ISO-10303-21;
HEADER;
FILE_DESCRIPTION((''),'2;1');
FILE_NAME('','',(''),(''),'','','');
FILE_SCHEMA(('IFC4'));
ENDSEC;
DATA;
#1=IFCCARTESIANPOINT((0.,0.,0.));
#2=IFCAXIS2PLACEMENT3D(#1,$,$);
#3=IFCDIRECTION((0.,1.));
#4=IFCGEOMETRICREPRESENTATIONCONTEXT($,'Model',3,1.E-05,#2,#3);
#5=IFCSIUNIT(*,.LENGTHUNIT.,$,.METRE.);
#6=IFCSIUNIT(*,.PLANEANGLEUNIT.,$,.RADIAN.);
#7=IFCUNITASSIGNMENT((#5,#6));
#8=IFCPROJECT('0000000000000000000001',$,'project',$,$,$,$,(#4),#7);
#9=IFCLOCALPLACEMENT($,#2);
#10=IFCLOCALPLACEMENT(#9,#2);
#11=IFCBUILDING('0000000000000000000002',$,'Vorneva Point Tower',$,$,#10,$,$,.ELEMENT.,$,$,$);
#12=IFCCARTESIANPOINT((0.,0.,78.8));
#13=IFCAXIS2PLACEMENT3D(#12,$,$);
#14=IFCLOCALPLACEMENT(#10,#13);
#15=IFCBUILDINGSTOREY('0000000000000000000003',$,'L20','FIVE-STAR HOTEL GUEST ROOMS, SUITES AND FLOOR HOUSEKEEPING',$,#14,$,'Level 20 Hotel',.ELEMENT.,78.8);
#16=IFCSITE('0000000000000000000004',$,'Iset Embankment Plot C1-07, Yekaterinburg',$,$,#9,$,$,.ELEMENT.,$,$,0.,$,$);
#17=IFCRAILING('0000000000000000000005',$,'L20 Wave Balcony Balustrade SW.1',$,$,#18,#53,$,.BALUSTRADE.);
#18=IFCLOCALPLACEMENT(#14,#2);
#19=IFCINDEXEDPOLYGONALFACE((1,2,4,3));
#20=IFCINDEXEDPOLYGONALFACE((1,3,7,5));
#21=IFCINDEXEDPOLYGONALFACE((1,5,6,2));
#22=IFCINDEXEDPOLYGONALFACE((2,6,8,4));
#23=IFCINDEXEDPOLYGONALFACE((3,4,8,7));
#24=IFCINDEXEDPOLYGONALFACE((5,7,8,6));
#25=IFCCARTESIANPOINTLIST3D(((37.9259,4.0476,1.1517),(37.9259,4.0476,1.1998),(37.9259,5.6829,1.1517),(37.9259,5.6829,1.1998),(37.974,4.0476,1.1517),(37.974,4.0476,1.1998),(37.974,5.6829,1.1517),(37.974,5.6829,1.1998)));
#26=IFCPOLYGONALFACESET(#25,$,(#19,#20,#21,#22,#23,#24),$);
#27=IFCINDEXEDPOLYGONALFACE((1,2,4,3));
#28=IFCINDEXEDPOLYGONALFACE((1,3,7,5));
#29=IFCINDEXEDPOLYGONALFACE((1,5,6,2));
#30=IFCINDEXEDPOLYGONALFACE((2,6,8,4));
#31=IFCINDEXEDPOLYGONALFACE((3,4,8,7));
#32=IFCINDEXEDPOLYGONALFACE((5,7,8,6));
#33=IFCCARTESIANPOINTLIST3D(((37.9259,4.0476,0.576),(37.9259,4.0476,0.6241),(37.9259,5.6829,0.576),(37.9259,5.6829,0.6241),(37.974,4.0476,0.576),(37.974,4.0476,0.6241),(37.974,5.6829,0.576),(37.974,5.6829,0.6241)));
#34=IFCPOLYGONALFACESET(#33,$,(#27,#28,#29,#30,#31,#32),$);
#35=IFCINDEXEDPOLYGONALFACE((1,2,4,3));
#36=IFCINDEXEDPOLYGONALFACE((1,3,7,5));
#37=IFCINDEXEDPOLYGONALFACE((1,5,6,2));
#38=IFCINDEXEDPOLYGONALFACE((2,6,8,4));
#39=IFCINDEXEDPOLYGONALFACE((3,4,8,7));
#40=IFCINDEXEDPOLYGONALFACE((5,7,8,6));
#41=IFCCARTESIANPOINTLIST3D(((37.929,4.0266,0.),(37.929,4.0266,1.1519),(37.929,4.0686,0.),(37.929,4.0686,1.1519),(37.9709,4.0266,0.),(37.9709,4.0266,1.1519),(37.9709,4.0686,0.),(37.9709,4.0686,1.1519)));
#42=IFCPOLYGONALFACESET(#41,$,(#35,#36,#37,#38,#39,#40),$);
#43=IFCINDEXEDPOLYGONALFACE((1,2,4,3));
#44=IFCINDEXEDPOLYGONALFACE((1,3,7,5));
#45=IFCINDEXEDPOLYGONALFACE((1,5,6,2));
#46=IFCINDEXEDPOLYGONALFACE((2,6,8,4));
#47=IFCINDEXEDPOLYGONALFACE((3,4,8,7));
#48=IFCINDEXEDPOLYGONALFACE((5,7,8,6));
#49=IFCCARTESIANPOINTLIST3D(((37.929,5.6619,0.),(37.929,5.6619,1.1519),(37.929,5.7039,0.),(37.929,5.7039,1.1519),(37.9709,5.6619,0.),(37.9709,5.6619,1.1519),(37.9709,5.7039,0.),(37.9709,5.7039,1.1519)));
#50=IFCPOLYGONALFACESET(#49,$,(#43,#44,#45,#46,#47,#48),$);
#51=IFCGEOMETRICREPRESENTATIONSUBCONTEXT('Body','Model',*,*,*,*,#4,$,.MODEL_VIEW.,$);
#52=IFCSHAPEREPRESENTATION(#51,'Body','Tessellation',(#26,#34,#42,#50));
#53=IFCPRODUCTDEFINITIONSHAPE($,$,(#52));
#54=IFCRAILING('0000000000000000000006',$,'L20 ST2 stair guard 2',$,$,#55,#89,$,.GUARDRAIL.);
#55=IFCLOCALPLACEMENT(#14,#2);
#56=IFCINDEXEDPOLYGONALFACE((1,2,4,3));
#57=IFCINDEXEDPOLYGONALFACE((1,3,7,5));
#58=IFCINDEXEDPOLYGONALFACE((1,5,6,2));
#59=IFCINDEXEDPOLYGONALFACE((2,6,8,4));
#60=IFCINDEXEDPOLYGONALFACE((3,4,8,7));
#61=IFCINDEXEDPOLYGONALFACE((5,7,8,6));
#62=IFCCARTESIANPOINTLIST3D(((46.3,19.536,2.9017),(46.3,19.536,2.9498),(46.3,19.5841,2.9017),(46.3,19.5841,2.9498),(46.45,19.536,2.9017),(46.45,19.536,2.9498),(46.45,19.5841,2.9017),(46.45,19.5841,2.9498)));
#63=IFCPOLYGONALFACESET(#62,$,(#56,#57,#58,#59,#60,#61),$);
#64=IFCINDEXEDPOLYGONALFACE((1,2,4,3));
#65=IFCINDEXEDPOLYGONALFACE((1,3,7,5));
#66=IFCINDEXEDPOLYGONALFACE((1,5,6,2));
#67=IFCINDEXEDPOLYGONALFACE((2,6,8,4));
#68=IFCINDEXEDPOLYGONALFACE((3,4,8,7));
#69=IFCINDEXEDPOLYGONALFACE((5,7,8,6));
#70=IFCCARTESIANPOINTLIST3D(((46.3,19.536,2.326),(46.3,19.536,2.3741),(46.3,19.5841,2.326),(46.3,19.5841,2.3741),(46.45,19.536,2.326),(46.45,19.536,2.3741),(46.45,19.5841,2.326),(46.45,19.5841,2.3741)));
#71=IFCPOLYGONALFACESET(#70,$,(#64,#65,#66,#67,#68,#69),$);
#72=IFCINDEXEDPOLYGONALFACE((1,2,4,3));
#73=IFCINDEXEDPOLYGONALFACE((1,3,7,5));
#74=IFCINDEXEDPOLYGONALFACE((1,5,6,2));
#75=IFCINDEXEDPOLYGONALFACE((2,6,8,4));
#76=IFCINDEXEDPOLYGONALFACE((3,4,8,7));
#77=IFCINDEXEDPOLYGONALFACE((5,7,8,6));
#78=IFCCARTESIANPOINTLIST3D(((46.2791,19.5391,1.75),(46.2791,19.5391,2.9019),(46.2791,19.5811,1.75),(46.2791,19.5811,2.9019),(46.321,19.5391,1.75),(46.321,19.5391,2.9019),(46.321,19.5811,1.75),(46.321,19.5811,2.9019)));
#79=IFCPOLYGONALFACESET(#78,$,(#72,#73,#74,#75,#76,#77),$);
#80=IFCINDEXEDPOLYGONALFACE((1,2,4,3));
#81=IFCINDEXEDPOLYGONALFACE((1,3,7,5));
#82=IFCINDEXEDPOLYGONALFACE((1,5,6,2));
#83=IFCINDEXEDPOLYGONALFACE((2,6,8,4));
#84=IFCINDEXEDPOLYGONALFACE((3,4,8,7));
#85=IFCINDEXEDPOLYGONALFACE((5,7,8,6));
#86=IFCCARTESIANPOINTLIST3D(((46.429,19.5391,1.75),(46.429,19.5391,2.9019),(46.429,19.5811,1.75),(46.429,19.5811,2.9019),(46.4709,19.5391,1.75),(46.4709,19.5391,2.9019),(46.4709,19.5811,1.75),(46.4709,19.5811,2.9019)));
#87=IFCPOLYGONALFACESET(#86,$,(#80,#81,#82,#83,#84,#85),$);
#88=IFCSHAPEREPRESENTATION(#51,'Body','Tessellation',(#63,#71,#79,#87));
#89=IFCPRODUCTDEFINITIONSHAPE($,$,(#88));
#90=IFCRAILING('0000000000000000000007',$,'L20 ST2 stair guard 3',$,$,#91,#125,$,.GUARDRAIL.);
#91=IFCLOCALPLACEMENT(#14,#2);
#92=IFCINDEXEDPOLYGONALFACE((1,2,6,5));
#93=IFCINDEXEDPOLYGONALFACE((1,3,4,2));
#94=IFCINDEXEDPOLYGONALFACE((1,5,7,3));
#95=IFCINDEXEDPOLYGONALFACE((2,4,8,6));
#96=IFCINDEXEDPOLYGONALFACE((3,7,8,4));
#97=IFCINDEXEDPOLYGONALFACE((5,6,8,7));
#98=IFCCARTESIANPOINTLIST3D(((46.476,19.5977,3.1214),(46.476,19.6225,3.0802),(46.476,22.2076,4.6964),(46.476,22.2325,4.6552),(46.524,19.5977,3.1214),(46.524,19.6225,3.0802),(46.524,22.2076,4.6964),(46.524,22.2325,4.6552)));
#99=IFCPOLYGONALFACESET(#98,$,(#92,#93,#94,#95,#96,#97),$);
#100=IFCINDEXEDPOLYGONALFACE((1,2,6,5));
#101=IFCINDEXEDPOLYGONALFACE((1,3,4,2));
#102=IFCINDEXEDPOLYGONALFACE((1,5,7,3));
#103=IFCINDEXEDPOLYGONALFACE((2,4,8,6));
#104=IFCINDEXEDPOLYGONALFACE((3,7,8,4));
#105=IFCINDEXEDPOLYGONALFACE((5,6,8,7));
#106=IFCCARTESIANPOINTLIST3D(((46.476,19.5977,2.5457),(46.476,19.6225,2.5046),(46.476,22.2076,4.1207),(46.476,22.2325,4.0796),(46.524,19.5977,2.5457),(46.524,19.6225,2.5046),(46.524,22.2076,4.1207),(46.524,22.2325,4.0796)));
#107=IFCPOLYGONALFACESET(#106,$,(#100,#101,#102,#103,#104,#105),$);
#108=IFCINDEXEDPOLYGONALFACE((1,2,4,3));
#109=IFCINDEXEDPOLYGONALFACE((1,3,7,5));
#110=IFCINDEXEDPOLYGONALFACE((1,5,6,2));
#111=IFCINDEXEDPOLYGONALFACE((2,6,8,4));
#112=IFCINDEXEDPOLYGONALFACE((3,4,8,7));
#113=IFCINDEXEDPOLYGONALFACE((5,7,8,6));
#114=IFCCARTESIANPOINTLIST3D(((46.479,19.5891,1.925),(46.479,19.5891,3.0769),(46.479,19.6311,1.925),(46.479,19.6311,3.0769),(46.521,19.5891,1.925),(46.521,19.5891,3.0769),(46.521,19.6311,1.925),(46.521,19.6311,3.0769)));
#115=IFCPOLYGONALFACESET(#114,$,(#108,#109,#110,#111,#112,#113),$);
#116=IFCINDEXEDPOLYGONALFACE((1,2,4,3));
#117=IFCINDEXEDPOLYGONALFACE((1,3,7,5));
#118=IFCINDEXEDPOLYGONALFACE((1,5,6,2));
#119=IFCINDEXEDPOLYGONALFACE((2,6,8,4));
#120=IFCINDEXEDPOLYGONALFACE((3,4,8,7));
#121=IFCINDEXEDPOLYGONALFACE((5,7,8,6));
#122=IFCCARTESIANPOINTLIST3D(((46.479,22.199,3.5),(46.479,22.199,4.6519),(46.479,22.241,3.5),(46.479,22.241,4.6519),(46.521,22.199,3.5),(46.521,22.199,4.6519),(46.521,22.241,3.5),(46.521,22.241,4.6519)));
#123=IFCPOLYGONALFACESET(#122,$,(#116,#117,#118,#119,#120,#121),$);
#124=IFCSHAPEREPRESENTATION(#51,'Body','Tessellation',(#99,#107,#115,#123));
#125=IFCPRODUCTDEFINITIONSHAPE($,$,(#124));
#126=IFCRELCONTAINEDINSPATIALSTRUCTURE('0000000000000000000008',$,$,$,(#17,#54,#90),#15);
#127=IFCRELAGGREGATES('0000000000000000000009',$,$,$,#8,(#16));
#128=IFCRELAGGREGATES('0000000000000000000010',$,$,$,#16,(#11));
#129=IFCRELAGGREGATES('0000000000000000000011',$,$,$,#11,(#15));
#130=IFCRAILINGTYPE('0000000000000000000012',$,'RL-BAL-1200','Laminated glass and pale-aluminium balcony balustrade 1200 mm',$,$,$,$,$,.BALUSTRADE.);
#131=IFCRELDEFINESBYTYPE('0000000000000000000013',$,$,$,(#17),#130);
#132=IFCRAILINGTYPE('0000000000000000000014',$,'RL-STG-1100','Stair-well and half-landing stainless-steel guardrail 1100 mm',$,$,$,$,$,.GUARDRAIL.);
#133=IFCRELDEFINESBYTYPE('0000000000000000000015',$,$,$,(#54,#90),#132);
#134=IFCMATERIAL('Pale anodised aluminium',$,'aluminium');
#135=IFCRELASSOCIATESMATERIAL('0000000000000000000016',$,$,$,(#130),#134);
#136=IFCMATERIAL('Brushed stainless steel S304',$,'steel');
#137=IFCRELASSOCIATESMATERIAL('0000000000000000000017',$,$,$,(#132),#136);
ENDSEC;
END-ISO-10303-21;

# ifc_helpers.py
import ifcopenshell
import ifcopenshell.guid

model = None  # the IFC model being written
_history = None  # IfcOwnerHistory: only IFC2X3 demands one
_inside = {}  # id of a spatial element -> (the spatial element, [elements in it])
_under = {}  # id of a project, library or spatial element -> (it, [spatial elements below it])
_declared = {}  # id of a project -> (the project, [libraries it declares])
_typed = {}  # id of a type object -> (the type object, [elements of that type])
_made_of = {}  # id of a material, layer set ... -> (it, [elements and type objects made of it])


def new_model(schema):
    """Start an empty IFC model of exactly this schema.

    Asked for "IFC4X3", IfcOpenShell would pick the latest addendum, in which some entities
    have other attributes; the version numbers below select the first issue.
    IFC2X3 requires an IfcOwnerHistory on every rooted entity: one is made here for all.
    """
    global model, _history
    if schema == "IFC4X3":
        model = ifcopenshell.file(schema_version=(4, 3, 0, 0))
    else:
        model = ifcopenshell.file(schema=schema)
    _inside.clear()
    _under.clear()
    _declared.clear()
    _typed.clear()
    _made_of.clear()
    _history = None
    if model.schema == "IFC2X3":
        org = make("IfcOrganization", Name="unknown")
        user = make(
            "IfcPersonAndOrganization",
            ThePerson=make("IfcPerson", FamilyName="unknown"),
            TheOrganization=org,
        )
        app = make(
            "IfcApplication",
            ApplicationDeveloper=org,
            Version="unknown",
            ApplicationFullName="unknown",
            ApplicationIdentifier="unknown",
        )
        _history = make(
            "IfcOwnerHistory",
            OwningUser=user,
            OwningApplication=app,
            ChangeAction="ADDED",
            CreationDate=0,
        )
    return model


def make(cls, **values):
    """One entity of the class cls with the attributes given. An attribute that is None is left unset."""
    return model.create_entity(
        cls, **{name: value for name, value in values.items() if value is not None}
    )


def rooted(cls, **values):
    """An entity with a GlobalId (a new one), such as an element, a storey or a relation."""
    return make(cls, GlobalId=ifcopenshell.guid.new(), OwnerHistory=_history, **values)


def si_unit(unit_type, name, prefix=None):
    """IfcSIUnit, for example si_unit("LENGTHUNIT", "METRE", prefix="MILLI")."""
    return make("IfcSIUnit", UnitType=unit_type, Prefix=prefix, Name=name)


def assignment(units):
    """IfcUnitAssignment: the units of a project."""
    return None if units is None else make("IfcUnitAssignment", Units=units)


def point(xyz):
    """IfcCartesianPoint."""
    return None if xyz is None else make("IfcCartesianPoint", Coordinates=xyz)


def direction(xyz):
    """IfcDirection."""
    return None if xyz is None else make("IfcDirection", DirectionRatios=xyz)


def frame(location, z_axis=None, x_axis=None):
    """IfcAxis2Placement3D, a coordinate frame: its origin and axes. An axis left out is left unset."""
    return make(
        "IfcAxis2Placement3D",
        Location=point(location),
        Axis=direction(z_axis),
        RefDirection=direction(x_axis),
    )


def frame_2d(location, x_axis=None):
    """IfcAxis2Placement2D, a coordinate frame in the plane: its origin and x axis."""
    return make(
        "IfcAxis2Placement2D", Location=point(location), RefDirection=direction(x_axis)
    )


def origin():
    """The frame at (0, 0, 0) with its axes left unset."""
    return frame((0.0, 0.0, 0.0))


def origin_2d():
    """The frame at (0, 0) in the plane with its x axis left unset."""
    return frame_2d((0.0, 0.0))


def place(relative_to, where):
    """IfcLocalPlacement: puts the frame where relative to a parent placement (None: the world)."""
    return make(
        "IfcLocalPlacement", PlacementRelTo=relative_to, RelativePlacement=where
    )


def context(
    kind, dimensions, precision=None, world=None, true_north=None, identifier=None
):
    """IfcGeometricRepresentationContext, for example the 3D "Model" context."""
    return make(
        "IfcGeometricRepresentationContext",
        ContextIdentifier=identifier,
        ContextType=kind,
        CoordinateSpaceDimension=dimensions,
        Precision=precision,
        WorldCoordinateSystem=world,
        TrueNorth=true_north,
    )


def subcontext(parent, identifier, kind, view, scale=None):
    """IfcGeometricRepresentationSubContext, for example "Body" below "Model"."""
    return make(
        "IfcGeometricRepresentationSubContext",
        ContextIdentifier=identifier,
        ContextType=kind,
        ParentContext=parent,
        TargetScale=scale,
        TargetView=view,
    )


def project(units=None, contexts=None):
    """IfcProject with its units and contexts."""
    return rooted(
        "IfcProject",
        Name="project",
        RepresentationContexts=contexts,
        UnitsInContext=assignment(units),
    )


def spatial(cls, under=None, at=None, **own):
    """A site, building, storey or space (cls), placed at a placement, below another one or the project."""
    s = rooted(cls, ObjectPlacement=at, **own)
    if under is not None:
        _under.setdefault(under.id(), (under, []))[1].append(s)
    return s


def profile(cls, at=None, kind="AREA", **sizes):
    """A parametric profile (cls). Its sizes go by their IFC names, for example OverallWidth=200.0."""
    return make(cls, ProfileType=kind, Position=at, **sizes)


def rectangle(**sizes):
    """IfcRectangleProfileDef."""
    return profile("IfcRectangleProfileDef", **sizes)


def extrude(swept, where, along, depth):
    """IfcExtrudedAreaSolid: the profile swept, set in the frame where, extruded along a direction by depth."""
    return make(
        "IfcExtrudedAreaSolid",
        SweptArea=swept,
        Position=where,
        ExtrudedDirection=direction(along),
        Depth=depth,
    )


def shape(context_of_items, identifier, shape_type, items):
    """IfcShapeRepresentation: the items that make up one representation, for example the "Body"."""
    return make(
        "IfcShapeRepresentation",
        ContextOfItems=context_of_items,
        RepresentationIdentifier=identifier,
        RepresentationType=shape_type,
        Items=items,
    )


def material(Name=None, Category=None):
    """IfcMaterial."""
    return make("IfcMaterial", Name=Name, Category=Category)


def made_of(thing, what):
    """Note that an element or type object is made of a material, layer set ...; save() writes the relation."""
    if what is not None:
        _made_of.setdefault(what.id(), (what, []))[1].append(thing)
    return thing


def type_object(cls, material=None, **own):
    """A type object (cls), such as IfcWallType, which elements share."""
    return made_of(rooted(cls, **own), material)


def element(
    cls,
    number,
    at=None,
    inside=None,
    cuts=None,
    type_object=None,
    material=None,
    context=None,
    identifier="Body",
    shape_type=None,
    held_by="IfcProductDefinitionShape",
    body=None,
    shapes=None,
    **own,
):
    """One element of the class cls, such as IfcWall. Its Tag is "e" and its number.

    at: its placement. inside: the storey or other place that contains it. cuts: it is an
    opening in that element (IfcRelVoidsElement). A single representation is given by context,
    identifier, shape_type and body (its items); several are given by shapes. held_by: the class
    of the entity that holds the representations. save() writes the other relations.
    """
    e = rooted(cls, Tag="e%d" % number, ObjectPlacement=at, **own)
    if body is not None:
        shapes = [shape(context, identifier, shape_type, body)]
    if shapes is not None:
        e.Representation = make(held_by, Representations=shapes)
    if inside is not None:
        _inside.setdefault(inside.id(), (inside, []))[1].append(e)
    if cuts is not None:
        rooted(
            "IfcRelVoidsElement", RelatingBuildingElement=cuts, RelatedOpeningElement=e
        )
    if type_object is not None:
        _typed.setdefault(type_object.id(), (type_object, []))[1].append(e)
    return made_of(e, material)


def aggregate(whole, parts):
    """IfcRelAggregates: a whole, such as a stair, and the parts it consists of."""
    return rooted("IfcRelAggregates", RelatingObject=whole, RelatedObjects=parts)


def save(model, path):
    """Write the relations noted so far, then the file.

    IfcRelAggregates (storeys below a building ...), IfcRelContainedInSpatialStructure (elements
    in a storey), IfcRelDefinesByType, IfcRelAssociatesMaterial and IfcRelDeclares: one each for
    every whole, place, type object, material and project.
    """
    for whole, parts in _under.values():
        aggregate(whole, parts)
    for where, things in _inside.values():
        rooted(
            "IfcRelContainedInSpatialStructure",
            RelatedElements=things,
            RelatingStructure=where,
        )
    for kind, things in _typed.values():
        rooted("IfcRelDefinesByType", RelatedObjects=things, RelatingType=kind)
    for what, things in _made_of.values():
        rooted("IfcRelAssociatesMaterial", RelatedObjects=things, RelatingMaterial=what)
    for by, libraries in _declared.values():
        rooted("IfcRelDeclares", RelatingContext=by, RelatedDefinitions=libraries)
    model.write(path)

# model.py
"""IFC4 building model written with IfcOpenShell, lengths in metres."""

from ifc_helpers import new_model, si_unit, direction, frame, origin, origin_2d, place, context, subcontext, project, spatial, rectangle, extrude, material, type_object, element, save


model = new_model("IFC4")

# Units and contexts
model_context = context("Model", 3, precision=1e-05, world=origin(), true_north=direction((0.0, 1.0)))
body_context = subcontext(model_context, "Body", "Model", "MODEL_VIEW")
ifc_project = project(units=[si_unit("LENGTHUNIT", "METRE"), si_unit("PLANEANGLEUNIT", "RADIAN")], contexts=[model_context])

# Site, building, storey
site_placement = place(None, origin())
site = spatial("IfcSite", under=ifc_project, at=site_placement, Name="Iset Embankment Plot C1-07, Yekaterinburg", CompositionType="ELEMENT", RefElevation=0.0)
building_placement = place(site_placement, origin())
building = spatial("IfcBuilding", under=site, at=building_placement, Name="Vorneva Point Tower", CompositionType="ELEMENT")
storey_placement = place(building_placement, frame((0.0, 0.0, 78.8)))
storey = spatial("IfcBuildingStorey", under=building, at=storey_placement, Name="L20", Description="FIVE-STAR HOTEL GUEST ROOMS, SUITES AND FLOOR HOUSEKEEPING", LongName="Level 20 Hotel", CompositionType="ELEMENT", Elevation=78.8)

# Shared definitions
ifc_material_1 = material(Name="Pale anodised aluminium", Category="aluminium")

# Railings
railing_type_1 = type_object("IfcRailingType", Name="RL-BAL-1200", Description="Laminated glass and pale-aluminium balcony balustrade 1200 mm", PredefinedType="BALUSTRADE", material=ifc_material_1)
railing_1_placement = place(storey_placement, frame((37.95, 4.0476, 0.0)))
element("IfcRailing", 1, at=railing_1_placement, inside=storey, type_object=railing_type_1, Name="L20 Wave Balcony Balustrade SW.1", PredefinedType="BALUSTRADE", context=body_context, shape_type="SweptSolid", body=[
    extrude(rectangle(XDim=0.0481, YDim=0.0481, at=origin_2d()), frame((0.0, 0.0, 1.1758), z_axis=(0.0, 1.0, 0.0), x_axis=(-1.0, 0.0, 0.0)), (0.0, 0.0, 1.0), 1.6353),
    extrude(rectangle(XDim=0.0481, YDim=0.0481, at=origin_2d()), frame((0.0, 0.0, 0.6001), z_axis=(0.0, 1.0, 0.0), x_axis=(-1.0, 0.0, 0.0)), (0.0, 0.0, 1.0), 1.6353),
    extrude(rectangle(XDim=0.042, YDim=0.042, at=origin_2d()), origin(), (0.0, 0.0, 1.0), 1.1519),
    extrude(rectangle(XDim=0.042, YDim=0.042, at=origin_2d()), frame((0.0, 1.6353, 0.0)), (0.0, 0.0, 1.0), 1.1519),
])
ifc_material_2 = material(Name="Brushed stainless steel S304", Category="steel")
railing_type_2 = type_object("IfcRailingType", Name="RL-STG-1100", Description="Stair-well and half-landing stainless-steel guardrail 1100 mm", PredefinedType="GUARDRAIL", material=ifc_material_2)
railing_2_placement = place(storey_placement, frame((46.3, 19.5601, 1.75)))
element("IfcRailing", 2, at=railing_2_placement, inside=storey, type_object=railing_type_2, Name="L20 ST2 stair guard 2", PredefinedType="GUARDRAIL", context=body_context, shape_type="SweptSolid", body=[
    extrude(rectangle(XDim=0.0481, YDim=0.0481, at=origin_2d()), frame((0.0, 0.0, 1.1758), z_axis=(1.0, 0.0, 0.0), x_axis=(0.0, 1.0, 0.0)), (0.0, 0.0, 1.0), 0.1499),
    extrude(rectangle(XDim=0.0481, YDim=0.0481, at=origin_2d()), frame((0.0, 0.0, 0.6001), z_axis=(1.0, 0.0, 0.0), x_axis=(0.0, 1.0, 0.0)), (0.0, 0.0, 1.0), 0.1499),
    extrude(rectangle(XDim=0.042, YDim=0.042, at=origin_2d()), origin(), (0.0, 0.0, 1.0), 1.1519),
    extrude(rectangle(XDim=0.042, YDim=0.042, at=origin_2d()), frame((0.1499, 0.0, 0.0)), (0.0, 0.0, 1.0), 1.1519),
])
railing_3_placement = place(storey_placement, frame((46.5, 19.6101, 1.925)))
element("IfcRailing", 3, at=railing_3_placement, inside=storey, type_object=railing_type_2, Name="L20 ST2 stair guard 3", PredefinedType="GUARDRAIL", context=body_context, shape_type="SweptSolid", body=[
    extrude(rectangle(XDim=0.0481, YDim=0.0481, at=origin_2d()), frame((0.0, 0.0, 1.1758), z_axis=(0.0, 0.856183, 0.516673), x_axis=(-1.0, 0.0, 0.0)), (0.0, 0.0, 1.0), 3.0483),
    extrude(rectangle(XDim=0.0481, YDim=0.0481, at=origin_2d()), frame((0.0, 0.0, 0.6001), z_axis=(0.0, 0.856183, 0.516673), x_axis=(-1.0, 0.0, 0.0)), (0.0, 0.0, 1.0), 3.0483),
    extrude(rectangle(XDim=0.042, YDim=0.042, at=origin_2d()), origin(), (0.0, 0.0, 1.0), 1.1519),
    extrude(rectangle(XDim=0.042, YDim=0.042, at=origin_2d()), frame((0.0, 2.6099, 1.575)), (0.0, 0.0, 1.0), 1.1519),
])

save(model, "model.ifc")
